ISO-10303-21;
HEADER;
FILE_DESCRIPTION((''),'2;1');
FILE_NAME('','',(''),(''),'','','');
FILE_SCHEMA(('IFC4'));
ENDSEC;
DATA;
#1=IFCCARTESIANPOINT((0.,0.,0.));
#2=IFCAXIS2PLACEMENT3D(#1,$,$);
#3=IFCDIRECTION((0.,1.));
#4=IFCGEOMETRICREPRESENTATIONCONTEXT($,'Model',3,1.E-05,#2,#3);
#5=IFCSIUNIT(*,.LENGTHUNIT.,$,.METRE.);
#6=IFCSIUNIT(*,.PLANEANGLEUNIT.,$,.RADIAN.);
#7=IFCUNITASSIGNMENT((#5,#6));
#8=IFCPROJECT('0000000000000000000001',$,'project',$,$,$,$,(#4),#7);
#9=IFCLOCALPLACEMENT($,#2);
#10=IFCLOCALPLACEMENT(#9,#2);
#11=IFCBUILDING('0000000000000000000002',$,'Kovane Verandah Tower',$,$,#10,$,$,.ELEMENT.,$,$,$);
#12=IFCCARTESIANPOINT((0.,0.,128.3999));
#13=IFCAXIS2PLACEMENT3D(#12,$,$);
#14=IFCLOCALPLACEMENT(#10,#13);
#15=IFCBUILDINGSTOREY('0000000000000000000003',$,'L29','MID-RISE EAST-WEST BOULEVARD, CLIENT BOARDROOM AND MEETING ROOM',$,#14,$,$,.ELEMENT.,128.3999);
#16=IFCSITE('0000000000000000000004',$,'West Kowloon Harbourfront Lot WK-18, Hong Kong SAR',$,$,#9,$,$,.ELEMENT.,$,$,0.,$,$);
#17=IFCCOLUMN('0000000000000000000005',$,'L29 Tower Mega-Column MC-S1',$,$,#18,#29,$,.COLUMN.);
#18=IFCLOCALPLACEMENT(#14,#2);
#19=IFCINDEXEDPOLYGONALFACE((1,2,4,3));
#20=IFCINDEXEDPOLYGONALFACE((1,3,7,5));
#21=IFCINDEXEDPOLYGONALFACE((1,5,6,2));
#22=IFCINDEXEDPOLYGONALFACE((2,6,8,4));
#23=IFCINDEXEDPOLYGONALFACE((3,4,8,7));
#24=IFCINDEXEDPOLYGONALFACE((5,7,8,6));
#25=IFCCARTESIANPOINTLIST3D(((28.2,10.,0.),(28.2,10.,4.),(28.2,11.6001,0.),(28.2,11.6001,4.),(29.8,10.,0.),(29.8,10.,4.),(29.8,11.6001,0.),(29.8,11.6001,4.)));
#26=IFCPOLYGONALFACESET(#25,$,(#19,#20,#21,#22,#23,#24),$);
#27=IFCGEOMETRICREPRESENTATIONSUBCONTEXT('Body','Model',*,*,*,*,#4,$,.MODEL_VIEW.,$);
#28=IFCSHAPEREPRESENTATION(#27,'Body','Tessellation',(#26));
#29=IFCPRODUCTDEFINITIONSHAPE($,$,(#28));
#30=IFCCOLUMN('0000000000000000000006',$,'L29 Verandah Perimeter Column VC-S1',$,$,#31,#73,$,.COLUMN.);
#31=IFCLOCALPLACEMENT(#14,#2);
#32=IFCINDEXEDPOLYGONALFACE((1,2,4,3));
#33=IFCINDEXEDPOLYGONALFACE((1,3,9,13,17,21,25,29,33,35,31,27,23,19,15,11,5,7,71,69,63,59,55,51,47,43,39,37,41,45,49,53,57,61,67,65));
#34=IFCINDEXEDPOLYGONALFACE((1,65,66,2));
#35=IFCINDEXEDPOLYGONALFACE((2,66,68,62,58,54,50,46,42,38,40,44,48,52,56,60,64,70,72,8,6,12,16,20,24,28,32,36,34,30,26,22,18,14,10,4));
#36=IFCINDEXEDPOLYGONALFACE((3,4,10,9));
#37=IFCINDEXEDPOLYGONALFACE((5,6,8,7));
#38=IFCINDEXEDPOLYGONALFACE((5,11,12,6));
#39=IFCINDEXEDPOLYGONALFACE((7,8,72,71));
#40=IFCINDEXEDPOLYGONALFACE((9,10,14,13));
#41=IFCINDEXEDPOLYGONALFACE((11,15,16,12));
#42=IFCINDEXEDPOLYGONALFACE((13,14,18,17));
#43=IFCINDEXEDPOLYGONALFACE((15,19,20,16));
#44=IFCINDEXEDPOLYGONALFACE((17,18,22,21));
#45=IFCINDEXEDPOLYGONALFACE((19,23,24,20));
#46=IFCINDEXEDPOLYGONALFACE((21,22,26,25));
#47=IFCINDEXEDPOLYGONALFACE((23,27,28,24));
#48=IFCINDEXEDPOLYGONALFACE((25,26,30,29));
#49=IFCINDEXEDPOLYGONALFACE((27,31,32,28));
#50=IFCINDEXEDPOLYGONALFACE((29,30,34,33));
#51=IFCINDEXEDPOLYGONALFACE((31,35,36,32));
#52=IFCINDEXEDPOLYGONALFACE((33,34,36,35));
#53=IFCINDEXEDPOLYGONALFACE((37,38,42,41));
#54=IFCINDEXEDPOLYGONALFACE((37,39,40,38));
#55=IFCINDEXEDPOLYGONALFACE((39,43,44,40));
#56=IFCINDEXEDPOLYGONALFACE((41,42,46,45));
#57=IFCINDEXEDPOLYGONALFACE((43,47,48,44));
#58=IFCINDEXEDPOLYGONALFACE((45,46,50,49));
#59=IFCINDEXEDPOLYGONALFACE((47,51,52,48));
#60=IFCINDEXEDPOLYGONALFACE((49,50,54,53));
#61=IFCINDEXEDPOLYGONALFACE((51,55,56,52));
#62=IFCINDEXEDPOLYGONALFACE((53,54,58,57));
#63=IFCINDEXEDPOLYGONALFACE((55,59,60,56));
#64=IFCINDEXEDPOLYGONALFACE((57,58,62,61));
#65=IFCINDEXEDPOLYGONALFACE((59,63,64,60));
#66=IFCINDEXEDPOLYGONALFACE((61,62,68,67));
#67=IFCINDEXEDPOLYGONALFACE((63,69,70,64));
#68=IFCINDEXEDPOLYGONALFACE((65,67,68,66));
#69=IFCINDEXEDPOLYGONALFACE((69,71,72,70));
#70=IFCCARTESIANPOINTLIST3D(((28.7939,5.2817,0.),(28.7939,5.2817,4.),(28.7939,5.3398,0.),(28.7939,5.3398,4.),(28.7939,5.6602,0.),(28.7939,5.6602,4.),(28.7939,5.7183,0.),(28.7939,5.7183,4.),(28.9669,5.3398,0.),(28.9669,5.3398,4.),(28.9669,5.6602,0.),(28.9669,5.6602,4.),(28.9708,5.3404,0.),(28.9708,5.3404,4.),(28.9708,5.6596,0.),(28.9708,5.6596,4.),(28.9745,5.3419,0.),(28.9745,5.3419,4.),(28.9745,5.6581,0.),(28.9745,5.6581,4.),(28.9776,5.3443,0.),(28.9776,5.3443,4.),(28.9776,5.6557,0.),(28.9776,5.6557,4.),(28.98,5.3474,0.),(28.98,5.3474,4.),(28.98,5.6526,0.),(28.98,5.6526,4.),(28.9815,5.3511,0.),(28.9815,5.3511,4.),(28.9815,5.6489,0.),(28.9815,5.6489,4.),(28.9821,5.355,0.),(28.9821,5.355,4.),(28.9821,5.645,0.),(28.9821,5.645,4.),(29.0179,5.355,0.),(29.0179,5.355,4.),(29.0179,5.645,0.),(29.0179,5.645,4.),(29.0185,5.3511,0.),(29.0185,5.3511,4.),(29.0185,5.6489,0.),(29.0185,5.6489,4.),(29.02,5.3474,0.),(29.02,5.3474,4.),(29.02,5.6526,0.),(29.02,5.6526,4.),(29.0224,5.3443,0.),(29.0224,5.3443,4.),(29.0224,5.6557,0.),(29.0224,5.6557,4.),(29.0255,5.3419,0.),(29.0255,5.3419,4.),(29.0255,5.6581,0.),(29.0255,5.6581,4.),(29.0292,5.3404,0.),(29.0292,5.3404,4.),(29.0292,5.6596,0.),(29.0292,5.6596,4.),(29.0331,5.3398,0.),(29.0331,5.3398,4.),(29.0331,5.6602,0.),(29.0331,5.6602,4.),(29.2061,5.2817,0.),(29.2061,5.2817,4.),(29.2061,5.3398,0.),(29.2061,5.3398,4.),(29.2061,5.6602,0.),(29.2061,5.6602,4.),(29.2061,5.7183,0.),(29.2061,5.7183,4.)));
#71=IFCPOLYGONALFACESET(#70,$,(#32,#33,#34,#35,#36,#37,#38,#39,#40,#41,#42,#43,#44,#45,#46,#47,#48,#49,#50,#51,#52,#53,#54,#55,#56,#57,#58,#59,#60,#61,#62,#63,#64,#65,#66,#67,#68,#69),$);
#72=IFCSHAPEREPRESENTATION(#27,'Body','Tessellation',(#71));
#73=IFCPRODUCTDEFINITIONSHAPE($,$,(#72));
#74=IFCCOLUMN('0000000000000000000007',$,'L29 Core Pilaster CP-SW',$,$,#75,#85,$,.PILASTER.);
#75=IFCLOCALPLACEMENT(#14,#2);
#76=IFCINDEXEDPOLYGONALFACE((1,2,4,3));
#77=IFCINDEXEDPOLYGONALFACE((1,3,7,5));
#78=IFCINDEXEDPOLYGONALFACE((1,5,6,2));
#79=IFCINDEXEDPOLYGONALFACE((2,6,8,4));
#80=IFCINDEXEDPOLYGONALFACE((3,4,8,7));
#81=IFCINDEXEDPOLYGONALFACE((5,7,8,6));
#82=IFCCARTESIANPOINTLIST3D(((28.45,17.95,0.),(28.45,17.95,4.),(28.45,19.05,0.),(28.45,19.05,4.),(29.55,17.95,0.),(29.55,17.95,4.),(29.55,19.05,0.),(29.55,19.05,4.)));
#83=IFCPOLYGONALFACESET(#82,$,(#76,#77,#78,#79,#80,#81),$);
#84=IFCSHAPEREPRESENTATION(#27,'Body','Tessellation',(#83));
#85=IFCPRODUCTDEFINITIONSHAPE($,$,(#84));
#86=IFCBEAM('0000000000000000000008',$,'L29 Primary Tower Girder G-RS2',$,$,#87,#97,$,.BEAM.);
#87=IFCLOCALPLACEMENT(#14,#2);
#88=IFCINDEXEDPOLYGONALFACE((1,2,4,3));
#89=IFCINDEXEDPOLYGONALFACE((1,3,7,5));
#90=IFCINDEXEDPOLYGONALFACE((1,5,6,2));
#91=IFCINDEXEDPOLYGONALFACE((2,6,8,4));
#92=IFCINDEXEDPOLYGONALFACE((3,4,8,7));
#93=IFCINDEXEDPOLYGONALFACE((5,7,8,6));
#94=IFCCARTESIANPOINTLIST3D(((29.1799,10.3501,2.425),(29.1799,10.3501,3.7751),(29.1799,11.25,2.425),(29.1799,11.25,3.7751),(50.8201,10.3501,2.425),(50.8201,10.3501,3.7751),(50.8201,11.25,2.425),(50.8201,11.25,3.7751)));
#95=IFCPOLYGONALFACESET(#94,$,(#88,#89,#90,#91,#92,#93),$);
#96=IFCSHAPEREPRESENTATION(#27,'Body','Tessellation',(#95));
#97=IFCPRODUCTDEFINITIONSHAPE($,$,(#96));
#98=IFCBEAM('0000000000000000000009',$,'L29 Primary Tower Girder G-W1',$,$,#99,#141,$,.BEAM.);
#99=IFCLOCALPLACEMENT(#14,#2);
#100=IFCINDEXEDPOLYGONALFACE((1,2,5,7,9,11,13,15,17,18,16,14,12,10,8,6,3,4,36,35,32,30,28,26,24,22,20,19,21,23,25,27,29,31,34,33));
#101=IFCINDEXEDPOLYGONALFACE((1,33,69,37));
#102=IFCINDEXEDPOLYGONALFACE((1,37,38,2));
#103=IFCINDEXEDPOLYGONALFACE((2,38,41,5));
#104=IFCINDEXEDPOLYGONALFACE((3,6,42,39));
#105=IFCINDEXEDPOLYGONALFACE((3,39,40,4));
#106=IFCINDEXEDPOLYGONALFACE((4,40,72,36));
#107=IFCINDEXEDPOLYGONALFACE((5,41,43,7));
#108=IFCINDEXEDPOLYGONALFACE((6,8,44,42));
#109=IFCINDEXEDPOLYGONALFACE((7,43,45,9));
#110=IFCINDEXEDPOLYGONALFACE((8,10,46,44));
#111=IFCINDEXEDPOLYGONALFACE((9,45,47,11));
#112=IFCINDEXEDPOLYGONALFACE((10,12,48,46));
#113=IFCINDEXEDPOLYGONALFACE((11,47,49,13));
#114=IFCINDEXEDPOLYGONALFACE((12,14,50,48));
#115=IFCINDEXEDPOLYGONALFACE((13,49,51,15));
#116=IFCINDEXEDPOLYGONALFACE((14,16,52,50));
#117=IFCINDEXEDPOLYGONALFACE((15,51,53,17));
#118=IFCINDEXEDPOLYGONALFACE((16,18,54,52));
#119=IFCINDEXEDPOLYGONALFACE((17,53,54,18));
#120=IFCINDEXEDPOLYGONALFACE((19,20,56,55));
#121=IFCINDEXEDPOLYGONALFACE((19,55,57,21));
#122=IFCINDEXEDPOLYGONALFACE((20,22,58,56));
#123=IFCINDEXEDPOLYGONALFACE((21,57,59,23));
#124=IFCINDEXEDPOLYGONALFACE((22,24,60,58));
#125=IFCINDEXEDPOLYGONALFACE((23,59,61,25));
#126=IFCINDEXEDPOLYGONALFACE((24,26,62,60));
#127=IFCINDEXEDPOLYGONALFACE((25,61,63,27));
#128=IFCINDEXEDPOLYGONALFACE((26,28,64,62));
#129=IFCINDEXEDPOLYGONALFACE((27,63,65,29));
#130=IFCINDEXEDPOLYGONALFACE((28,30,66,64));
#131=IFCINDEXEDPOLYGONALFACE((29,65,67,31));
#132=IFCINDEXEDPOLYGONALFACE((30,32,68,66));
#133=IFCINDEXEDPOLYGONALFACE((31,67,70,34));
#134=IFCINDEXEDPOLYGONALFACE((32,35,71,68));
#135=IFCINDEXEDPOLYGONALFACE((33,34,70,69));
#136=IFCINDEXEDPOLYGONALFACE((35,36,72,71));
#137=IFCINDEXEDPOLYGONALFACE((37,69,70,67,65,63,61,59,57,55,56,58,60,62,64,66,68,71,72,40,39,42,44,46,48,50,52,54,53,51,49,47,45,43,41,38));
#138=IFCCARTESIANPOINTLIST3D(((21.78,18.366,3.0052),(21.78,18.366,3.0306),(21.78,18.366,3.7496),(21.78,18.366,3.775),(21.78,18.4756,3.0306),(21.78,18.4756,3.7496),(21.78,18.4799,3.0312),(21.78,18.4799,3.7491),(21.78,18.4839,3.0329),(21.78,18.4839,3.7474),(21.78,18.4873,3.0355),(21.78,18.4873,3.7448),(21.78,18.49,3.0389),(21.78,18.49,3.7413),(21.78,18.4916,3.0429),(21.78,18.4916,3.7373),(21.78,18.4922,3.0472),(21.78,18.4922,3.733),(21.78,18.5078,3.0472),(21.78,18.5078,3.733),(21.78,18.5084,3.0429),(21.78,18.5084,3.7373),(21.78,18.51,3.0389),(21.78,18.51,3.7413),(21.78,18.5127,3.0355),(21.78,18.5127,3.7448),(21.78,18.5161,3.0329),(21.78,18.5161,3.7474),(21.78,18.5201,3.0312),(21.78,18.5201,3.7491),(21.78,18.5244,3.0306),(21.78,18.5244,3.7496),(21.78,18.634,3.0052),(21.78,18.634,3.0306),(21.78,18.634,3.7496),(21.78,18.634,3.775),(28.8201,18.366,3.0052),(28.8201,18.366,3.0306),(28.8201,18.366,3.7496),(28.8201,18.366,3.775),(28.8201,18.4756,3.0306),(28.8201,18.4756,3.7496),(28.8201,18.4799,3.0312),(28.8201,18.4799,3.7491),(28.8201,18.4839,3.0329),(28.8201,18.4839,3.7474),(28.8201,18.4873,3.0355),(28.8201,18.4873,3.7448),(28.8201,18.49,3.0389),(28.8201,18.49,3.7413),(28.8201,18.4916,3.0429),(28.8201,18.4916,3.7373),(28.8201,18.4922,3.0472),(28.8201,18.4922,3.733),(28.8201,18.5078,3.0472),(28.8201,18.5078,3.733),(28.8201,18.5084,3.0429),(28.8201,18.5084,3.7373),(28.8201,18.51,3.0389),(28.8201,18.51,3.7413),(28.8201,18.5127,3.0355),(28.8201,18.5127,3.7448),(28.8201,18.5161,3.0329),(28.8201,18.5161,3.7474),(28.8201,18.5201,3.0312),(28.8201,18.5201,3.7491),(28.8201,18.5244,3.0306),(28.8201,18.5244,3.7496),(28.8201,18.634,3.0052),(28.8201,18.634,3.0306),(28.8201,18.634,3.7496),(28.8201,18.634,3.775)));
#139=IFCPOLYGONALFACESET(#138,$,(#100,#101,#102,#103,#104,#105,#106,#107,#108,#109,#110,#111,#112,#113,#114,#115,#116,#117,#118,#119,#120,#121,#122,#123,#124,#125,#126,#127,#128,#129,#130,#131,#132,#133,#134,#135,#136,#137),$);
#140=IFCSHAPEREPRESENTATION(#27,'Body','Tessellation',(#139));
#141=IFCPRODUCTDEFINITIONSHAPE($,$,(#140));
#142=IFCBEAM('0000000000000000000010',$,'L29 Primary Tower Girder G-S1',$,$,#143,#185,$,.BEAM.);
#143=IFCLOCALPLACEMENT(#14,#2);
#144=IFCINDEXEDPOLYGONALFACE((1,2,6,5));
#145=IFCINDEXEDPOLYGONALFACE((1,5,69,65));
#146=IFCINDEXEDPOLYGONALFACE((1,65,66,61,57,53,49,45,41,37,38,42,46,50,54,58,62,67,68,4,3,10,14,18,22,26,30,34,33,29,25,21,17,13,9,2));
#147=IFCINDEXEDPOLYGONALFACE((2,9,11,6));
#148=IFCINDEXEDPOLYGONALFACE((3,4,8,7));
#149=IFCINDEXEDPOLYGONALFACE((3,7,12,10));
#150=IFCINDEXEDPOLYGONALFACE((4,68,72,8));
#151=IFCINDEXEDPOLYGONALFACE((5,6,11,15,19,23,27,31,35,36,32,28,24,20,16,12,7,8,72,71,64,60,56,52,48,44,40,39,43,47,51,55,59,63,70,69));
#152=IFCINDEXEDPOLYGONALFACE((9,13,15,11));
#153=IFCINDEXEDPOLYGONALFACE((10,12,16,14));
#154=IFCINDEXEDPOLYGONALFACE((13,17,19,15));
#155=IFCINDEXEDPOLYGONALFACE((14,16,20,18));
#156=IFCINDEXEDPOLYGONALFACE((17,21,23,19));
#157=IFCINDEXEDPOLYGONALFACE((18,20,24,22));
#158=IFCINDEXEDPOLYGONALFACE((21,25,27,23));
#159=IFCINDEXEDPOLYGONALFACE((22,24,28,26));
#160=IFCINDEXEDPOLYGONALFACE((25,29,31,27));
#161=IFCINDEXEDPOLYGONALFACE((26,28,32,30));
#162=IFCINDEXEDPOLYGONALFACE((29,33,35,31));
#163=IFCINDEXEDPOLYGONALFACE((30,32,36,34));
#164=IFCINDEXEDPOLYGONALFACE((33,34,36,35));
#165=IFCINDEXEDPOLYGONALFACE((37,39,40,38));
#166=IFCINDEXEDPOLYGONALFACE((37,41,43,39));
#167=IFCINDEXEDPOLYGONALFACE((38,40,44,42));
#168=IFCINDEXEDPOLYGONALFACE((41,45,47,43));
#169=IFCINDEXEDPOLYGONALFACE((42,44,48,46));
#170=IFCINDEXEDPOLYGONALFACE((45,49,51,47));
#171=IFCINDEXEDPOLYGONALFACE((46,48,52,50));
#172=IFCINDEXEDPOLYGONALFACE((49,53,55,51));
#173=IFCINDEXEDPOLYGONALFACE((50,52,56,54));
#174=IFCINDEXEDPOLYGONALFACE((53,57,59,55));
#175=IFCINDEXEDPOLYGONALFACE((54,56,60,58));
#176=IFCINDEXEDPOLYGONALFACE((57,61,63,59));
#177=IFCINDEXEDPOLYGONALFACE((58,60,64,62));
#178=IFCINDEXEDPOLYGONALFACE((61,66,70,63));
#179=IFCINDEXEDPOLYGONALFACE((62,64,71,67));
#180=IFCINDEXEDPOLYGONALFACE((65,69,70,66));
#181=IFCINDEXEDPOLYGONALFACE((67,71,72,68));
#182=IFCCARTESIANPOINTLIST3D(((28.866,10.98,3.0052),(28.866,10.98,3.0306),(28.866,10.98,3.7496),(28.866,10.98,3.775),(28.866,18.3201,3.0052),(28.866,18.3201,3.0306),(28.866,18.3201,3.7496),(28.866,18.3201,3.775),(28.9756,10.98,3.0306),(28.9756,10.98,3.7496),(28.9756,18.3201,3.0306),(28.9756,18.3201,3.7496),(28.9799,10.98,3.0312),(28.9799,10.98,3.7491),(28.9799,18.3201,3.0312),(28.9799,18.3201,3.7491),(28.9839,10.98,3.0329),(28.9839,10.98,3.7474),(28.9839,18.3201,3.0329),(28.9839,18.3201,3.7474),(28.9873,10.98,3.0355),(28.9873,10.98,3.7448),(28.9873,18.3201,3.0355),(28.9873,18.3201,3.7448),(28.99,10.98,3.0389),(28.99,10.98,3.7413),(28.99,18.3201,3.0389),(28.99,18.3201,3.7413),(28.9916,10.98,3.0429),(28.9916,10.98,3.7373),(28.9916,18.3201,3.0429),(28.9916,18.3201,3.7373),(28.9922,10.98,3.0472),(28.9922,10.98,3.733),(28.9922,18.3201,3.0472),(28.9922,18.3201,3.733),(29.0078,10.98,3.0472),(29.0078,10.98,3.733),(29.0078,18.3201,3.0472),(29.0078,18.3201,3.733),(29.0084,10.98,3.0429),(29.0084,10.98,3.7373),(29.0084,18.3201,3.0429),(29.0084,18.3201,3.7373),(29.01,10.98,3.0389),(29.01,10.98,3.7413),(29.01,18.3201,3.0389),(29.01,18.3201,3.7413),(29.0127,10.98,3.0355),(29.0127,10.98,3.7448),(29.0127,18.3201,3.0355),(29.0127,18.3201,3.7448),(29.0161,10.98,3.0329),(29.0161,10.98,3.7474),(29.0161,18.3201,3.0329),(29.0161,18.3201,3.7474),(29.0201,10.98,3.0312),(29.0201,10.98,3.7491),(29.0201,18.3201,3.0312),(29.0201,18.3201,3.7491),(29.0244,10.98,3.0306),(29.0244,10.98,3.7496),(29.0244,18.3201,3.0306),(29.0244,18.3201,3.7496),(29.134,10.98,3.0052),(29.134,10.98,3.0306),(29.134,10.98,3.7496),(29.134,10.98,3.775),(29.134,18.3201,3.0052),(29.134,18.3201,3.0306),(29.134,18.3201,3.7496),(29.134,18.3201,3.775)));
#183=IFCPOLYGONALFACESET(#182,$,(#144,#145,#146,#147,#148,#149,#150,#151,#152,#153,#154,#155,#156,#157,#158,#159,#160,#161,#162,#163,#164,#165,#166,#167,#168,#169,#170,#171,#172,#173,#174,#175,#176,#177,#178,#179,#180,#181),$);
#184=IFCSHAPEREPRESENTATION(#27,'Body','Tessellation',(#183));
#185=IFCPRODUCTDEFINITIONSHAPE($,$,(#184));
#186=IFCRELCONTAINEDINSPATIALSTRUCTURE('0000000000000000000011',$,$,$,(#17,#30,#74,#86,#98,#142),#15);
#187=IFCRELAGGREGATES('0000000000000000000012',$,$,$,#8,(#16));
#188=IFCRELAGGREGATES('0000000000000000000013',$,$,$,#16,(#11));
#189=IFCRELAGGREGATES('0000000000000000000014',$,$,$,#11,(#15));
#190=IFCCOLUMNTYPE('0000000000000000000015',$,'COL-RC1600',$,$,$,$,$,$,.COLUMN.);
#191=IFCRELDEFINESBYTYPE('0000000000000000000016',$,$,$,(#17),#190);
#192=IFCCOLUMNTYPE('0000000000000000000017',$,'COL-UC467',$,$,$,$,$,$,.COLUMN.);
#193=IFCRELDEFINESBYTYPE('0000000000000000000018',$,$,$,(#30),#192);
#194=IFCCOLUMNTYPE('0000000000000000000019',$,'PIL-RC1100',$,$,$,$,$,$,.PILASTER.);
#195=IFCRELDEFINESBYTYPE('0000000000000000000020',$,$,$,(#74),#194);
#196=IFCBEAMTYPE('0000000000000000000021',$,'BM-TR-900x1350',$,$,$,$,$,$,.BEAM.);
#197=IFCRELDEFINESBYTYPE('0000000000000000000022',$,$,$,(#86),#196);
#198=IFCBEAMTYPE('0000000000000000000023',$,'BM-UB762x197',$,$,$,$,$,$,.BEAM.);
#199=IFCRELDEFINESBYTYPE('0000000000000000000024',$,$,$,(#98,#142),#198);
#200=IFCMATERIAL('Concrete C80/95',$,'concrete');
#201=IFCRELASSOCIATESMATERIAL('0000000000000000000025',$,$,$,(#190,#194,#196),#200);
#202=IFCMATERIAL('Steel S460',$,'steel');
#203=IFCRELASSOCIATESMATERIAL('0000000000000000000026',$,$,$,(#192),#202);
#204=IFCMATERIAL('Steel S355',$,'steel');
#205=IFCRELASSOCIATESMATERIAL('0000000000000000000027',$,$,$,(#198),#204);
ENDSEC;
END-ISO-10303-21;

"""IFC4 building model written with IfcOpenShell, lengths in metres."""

from ifc_helpers import new_model, si_unit, direction, frame, origin, origin_2d, place, context, subcontext, project, spatial, rectangle, i_section, extrude, material, material_profile, profile_set, type_object, element, save


model = new_model("IFC4")

# Units and contexts
model_context = context("Model", 3, precision=1e-05, world=origin(), true_north=direction((0.0, 1.0)))
body_context = subcontext(model_context, "Body", "Model", "MODEL_VIEW")
ifc_project = project(units=[si_unit("LENGTHUNIT", "METRE"), si_unit("PLANEANGLEUNIT", "RADIAN")], contexts=[model_context])

# Site, building, storey
site_placement = place(None, origin())
site = spatial("IfcSite", under=ifc_project, at=site_placement, Name="West Kowloon Harbourfront Lot WK-18, Hong Kong SAR", CompositionType="ELEMENT", RefElevation=0.0)
building_placement = place(site_placement, origin())
building = spatial("IfcBuilding", under=site, at=building_placement, Name="Kovane Verandah Tower", CompositionType="ELEMENT")
storey_placement = place(building_placement, frame((0.0, 0.0, 128.3999)))
storey = spatial("IfcBuildingStorey", under=building, at=storey_placement, Name="L29", Description="MID-RISE EAST-WEST BOULEVARD, CLIENT BOARDROOM AND MEETING ROOM", CompositionType="ELEMENT", Elevation=128.3999)

# Columns
ifc_material_1 = material(Name="Concrete C80/95", Category="concrete")
ifc_material_profile_1 = material_profile(ifc_material_1, rectangle(XDim=1.6001, YDim=1.6001, at=origin_2d()), Name="RC1600x1600")
ifc_profile_set_1 = profile_set([ifc_material_profile_1], Name="Concrete C80/95")
column_type_1 = type_object("IfcColumnType", Name="COL-RC1600", PredefinedType="COLUMN", material=ifc_profile_set_1)
column_1_placement = place(storey_placement, frame((29.0, 10.8, 0.0), z_axis=(0.0, 0.0, 1.0), x_axis=(1.0, 0.0, 0.0)))
element("IfcColumn", 1, at=column_1_placement, inside=storey, type_object=column_type_1, Name="L29 Tower Mega-Column MC-S1", PredefinedType="COLUMN", context=body_context, shape_type="SweptSolid", body=[
    extrude(rectangle(XDim=1.6001, YDim=1.6001, at=origin_2d()), origin(), (0.0, 0.0, 1.0), 4.0),
])
ifc_material_2 = material(Name="Steel S460", Category="steel")
ifc_material_profile_2 = material_profile(ifc_material_2, i_section(OverallWidth=0.4121, OverallDepth=0.4365, WebThickness=0.0359, FlangeThickness=0.0581, FilletRadius=0.0151, at=origin_2d()), Name="UC356x406x467")
ifc_profile_set_2 = profile_set([ifc_material_profile_2], Name="Steel S460")
column_type_2 = type_object("IfcColumnType", Name="COL-UC467", PredefinedType="COLUMN", material=ifc_profile_set_2)
column_2_placement = place(storey_placement, frame((29.0, 5.5, 0.0), z_axis=(0.0, 0.0, 1.0), x_axis=(1.0, 0.0, 0.0)))
element("IfcColumn", 2, at=column_2_placement, inside=storey, type_object=column_type_2, Name="L29 Verandah Perimeter Column VC-S1", PredefinedType="COLUMN", context=body_context, shape_type="SweptSolid", body=[
    extrude(i_section(OverallWidth=0.4121, OverallDepth=0.4365, WebThickness=0.0359, FlangeThickness=0.0581, FilletRadius=0.0151, at=origin_2d()), origin(), (0.0, 0.0, 1.0), 4.0),
])
ifc_material_profile_3 = material_profile(ifc_material_1, rectangle(XDim=1.1001, YDim=1.1001, at=origin_2d()), Name="RC1100x1100")
ifc_profile_set_3 = profile_set([ifc_material_profile_3], Name="Concrete C80/95")
column_type_3 = type_object("IfcColumnType", Name="PIL-RC1100", PredefinedType="PILASTER", material=ifc_profile_set_3)
column_3_placement = place(storey_placement, frame((29.0, 18.5, 0.0), z_axis=(0.0, 0.0, 1.0), x_axis=(1.0, 0.0, 0.0)))
element("IfcColumn", 3, at=column_3_placement, inside=storey, type_object=column_type_3, Name="L29 Core Pilaster CP-SW", PredefinedType="PILASTER", context=body_context, shape_type="SweptSolid", body=[
    extrude(rectangle(XDim=1.1001, YDim=1.1001, at=origin_2d()), origin(), (0.0, 0.0, 1.0), 4.0),
])

# Beams
ifc_material_profile_4 = material_profile(ifc_material_1, rectangle(XDim=0.8999, YDim=1.3501, at=origin_2d()), Name="RCB900x1350")
ifc_profile_set_4 = profile_set([ifc_material_profile_4], Name="Concrete C80/95")
beam_type_1 = type_object("IfcBeamType", Name="BM-TR-900x1350", PredefinedType="BEAM", material=ifc_profile_set_4)
beam_1_placement = place(storey_placement, frame((29.1799, 10.8, 3.1001), z_axis=(1.0, 0.0, 0.0), x_axis=(0.0, 1.0, 0.0)))
element("IfcBeam", 4, at=beam_1_placement, inside=storey, type_object=beam_type_1, Name="L29 Primary Tower Girder G-RS2", PredefinedType="BEAM", context=body_context, shape_type="SweptSolid", body=[
    extrude(rectangle(XDim=0.8999, YDim=1.3501, at=origin_2d()), origin(), (0.0, 0.0, 1.0), 21.6401),
])
ifc_material_3 = material(Name="Steel S355", Category="steel")
ifc_material_profile_5 = material_profile(ifc_material_3, i_section(OverallWidth=0.2681, OverallDepth=0.7698, WebThickness=0.0156, FlangeThickness=0.0254, FilletRadius=0.0166, at=origin_2d()), Name="UB762x267x197")
ifc_profile_set_5 = profile_set([ifc_material_profile_5], Name="Steel S355")
beam_type_2 = type_object("IfcBeamType", Name="BM-UB762x197", PredefinedType="BEAM", material=ifc_profile_set_5)
beam_2_placement = place(storey_placement, frame((28.8201, 18.5, 3.3901), z_axis=(-1.0, 0.0, 0.0), x_axis=(0.0, -1.0, 0.0)))
element("IfcBeam", 5, at=beam_2_placement, inside=storey, type_object=beam_type_2, Name="L29 Primary Tower Girder G-W1", PredefinedType="BEAM", context=body_context, shape_type="SweptSolid", body=[
    extrude(i_section(OverallWidth=0.2681, OverallDepth=0.7698, WebThickness=0.0156, FlangeThickness=0.0254, FilletRadius=0.0166, at=origin_2d()), origin(), (0.0, 0.0, 1.0), 7.04),
])
beam_3_placement = place(storey_placement, frame((29.0, 18.3201, 3.3901), z_axis=(0.0, -1.0, 0.0), x_axis=(1.0, 0.0, 0.0)))
element("IfcBeam", 6, at=beam_3_placement, inside=storey, type_object=beam_type_2, Name="L29 Primary Tower Girder G-S1", PredefinedType="BEAM", context=body_context, shape_type="SweptSolid", body=[
    extrude(i_section(OverallWidth=0.2681, OverallDepth=0.7698, WebThickness=0.0156, FlangeThickness=0.0254, FilletRadius=0.0166, at=origin_2d()), origin(), (0.0, 0.0, 1.0), 7.3401),
])

save(model, "model.ifc")
